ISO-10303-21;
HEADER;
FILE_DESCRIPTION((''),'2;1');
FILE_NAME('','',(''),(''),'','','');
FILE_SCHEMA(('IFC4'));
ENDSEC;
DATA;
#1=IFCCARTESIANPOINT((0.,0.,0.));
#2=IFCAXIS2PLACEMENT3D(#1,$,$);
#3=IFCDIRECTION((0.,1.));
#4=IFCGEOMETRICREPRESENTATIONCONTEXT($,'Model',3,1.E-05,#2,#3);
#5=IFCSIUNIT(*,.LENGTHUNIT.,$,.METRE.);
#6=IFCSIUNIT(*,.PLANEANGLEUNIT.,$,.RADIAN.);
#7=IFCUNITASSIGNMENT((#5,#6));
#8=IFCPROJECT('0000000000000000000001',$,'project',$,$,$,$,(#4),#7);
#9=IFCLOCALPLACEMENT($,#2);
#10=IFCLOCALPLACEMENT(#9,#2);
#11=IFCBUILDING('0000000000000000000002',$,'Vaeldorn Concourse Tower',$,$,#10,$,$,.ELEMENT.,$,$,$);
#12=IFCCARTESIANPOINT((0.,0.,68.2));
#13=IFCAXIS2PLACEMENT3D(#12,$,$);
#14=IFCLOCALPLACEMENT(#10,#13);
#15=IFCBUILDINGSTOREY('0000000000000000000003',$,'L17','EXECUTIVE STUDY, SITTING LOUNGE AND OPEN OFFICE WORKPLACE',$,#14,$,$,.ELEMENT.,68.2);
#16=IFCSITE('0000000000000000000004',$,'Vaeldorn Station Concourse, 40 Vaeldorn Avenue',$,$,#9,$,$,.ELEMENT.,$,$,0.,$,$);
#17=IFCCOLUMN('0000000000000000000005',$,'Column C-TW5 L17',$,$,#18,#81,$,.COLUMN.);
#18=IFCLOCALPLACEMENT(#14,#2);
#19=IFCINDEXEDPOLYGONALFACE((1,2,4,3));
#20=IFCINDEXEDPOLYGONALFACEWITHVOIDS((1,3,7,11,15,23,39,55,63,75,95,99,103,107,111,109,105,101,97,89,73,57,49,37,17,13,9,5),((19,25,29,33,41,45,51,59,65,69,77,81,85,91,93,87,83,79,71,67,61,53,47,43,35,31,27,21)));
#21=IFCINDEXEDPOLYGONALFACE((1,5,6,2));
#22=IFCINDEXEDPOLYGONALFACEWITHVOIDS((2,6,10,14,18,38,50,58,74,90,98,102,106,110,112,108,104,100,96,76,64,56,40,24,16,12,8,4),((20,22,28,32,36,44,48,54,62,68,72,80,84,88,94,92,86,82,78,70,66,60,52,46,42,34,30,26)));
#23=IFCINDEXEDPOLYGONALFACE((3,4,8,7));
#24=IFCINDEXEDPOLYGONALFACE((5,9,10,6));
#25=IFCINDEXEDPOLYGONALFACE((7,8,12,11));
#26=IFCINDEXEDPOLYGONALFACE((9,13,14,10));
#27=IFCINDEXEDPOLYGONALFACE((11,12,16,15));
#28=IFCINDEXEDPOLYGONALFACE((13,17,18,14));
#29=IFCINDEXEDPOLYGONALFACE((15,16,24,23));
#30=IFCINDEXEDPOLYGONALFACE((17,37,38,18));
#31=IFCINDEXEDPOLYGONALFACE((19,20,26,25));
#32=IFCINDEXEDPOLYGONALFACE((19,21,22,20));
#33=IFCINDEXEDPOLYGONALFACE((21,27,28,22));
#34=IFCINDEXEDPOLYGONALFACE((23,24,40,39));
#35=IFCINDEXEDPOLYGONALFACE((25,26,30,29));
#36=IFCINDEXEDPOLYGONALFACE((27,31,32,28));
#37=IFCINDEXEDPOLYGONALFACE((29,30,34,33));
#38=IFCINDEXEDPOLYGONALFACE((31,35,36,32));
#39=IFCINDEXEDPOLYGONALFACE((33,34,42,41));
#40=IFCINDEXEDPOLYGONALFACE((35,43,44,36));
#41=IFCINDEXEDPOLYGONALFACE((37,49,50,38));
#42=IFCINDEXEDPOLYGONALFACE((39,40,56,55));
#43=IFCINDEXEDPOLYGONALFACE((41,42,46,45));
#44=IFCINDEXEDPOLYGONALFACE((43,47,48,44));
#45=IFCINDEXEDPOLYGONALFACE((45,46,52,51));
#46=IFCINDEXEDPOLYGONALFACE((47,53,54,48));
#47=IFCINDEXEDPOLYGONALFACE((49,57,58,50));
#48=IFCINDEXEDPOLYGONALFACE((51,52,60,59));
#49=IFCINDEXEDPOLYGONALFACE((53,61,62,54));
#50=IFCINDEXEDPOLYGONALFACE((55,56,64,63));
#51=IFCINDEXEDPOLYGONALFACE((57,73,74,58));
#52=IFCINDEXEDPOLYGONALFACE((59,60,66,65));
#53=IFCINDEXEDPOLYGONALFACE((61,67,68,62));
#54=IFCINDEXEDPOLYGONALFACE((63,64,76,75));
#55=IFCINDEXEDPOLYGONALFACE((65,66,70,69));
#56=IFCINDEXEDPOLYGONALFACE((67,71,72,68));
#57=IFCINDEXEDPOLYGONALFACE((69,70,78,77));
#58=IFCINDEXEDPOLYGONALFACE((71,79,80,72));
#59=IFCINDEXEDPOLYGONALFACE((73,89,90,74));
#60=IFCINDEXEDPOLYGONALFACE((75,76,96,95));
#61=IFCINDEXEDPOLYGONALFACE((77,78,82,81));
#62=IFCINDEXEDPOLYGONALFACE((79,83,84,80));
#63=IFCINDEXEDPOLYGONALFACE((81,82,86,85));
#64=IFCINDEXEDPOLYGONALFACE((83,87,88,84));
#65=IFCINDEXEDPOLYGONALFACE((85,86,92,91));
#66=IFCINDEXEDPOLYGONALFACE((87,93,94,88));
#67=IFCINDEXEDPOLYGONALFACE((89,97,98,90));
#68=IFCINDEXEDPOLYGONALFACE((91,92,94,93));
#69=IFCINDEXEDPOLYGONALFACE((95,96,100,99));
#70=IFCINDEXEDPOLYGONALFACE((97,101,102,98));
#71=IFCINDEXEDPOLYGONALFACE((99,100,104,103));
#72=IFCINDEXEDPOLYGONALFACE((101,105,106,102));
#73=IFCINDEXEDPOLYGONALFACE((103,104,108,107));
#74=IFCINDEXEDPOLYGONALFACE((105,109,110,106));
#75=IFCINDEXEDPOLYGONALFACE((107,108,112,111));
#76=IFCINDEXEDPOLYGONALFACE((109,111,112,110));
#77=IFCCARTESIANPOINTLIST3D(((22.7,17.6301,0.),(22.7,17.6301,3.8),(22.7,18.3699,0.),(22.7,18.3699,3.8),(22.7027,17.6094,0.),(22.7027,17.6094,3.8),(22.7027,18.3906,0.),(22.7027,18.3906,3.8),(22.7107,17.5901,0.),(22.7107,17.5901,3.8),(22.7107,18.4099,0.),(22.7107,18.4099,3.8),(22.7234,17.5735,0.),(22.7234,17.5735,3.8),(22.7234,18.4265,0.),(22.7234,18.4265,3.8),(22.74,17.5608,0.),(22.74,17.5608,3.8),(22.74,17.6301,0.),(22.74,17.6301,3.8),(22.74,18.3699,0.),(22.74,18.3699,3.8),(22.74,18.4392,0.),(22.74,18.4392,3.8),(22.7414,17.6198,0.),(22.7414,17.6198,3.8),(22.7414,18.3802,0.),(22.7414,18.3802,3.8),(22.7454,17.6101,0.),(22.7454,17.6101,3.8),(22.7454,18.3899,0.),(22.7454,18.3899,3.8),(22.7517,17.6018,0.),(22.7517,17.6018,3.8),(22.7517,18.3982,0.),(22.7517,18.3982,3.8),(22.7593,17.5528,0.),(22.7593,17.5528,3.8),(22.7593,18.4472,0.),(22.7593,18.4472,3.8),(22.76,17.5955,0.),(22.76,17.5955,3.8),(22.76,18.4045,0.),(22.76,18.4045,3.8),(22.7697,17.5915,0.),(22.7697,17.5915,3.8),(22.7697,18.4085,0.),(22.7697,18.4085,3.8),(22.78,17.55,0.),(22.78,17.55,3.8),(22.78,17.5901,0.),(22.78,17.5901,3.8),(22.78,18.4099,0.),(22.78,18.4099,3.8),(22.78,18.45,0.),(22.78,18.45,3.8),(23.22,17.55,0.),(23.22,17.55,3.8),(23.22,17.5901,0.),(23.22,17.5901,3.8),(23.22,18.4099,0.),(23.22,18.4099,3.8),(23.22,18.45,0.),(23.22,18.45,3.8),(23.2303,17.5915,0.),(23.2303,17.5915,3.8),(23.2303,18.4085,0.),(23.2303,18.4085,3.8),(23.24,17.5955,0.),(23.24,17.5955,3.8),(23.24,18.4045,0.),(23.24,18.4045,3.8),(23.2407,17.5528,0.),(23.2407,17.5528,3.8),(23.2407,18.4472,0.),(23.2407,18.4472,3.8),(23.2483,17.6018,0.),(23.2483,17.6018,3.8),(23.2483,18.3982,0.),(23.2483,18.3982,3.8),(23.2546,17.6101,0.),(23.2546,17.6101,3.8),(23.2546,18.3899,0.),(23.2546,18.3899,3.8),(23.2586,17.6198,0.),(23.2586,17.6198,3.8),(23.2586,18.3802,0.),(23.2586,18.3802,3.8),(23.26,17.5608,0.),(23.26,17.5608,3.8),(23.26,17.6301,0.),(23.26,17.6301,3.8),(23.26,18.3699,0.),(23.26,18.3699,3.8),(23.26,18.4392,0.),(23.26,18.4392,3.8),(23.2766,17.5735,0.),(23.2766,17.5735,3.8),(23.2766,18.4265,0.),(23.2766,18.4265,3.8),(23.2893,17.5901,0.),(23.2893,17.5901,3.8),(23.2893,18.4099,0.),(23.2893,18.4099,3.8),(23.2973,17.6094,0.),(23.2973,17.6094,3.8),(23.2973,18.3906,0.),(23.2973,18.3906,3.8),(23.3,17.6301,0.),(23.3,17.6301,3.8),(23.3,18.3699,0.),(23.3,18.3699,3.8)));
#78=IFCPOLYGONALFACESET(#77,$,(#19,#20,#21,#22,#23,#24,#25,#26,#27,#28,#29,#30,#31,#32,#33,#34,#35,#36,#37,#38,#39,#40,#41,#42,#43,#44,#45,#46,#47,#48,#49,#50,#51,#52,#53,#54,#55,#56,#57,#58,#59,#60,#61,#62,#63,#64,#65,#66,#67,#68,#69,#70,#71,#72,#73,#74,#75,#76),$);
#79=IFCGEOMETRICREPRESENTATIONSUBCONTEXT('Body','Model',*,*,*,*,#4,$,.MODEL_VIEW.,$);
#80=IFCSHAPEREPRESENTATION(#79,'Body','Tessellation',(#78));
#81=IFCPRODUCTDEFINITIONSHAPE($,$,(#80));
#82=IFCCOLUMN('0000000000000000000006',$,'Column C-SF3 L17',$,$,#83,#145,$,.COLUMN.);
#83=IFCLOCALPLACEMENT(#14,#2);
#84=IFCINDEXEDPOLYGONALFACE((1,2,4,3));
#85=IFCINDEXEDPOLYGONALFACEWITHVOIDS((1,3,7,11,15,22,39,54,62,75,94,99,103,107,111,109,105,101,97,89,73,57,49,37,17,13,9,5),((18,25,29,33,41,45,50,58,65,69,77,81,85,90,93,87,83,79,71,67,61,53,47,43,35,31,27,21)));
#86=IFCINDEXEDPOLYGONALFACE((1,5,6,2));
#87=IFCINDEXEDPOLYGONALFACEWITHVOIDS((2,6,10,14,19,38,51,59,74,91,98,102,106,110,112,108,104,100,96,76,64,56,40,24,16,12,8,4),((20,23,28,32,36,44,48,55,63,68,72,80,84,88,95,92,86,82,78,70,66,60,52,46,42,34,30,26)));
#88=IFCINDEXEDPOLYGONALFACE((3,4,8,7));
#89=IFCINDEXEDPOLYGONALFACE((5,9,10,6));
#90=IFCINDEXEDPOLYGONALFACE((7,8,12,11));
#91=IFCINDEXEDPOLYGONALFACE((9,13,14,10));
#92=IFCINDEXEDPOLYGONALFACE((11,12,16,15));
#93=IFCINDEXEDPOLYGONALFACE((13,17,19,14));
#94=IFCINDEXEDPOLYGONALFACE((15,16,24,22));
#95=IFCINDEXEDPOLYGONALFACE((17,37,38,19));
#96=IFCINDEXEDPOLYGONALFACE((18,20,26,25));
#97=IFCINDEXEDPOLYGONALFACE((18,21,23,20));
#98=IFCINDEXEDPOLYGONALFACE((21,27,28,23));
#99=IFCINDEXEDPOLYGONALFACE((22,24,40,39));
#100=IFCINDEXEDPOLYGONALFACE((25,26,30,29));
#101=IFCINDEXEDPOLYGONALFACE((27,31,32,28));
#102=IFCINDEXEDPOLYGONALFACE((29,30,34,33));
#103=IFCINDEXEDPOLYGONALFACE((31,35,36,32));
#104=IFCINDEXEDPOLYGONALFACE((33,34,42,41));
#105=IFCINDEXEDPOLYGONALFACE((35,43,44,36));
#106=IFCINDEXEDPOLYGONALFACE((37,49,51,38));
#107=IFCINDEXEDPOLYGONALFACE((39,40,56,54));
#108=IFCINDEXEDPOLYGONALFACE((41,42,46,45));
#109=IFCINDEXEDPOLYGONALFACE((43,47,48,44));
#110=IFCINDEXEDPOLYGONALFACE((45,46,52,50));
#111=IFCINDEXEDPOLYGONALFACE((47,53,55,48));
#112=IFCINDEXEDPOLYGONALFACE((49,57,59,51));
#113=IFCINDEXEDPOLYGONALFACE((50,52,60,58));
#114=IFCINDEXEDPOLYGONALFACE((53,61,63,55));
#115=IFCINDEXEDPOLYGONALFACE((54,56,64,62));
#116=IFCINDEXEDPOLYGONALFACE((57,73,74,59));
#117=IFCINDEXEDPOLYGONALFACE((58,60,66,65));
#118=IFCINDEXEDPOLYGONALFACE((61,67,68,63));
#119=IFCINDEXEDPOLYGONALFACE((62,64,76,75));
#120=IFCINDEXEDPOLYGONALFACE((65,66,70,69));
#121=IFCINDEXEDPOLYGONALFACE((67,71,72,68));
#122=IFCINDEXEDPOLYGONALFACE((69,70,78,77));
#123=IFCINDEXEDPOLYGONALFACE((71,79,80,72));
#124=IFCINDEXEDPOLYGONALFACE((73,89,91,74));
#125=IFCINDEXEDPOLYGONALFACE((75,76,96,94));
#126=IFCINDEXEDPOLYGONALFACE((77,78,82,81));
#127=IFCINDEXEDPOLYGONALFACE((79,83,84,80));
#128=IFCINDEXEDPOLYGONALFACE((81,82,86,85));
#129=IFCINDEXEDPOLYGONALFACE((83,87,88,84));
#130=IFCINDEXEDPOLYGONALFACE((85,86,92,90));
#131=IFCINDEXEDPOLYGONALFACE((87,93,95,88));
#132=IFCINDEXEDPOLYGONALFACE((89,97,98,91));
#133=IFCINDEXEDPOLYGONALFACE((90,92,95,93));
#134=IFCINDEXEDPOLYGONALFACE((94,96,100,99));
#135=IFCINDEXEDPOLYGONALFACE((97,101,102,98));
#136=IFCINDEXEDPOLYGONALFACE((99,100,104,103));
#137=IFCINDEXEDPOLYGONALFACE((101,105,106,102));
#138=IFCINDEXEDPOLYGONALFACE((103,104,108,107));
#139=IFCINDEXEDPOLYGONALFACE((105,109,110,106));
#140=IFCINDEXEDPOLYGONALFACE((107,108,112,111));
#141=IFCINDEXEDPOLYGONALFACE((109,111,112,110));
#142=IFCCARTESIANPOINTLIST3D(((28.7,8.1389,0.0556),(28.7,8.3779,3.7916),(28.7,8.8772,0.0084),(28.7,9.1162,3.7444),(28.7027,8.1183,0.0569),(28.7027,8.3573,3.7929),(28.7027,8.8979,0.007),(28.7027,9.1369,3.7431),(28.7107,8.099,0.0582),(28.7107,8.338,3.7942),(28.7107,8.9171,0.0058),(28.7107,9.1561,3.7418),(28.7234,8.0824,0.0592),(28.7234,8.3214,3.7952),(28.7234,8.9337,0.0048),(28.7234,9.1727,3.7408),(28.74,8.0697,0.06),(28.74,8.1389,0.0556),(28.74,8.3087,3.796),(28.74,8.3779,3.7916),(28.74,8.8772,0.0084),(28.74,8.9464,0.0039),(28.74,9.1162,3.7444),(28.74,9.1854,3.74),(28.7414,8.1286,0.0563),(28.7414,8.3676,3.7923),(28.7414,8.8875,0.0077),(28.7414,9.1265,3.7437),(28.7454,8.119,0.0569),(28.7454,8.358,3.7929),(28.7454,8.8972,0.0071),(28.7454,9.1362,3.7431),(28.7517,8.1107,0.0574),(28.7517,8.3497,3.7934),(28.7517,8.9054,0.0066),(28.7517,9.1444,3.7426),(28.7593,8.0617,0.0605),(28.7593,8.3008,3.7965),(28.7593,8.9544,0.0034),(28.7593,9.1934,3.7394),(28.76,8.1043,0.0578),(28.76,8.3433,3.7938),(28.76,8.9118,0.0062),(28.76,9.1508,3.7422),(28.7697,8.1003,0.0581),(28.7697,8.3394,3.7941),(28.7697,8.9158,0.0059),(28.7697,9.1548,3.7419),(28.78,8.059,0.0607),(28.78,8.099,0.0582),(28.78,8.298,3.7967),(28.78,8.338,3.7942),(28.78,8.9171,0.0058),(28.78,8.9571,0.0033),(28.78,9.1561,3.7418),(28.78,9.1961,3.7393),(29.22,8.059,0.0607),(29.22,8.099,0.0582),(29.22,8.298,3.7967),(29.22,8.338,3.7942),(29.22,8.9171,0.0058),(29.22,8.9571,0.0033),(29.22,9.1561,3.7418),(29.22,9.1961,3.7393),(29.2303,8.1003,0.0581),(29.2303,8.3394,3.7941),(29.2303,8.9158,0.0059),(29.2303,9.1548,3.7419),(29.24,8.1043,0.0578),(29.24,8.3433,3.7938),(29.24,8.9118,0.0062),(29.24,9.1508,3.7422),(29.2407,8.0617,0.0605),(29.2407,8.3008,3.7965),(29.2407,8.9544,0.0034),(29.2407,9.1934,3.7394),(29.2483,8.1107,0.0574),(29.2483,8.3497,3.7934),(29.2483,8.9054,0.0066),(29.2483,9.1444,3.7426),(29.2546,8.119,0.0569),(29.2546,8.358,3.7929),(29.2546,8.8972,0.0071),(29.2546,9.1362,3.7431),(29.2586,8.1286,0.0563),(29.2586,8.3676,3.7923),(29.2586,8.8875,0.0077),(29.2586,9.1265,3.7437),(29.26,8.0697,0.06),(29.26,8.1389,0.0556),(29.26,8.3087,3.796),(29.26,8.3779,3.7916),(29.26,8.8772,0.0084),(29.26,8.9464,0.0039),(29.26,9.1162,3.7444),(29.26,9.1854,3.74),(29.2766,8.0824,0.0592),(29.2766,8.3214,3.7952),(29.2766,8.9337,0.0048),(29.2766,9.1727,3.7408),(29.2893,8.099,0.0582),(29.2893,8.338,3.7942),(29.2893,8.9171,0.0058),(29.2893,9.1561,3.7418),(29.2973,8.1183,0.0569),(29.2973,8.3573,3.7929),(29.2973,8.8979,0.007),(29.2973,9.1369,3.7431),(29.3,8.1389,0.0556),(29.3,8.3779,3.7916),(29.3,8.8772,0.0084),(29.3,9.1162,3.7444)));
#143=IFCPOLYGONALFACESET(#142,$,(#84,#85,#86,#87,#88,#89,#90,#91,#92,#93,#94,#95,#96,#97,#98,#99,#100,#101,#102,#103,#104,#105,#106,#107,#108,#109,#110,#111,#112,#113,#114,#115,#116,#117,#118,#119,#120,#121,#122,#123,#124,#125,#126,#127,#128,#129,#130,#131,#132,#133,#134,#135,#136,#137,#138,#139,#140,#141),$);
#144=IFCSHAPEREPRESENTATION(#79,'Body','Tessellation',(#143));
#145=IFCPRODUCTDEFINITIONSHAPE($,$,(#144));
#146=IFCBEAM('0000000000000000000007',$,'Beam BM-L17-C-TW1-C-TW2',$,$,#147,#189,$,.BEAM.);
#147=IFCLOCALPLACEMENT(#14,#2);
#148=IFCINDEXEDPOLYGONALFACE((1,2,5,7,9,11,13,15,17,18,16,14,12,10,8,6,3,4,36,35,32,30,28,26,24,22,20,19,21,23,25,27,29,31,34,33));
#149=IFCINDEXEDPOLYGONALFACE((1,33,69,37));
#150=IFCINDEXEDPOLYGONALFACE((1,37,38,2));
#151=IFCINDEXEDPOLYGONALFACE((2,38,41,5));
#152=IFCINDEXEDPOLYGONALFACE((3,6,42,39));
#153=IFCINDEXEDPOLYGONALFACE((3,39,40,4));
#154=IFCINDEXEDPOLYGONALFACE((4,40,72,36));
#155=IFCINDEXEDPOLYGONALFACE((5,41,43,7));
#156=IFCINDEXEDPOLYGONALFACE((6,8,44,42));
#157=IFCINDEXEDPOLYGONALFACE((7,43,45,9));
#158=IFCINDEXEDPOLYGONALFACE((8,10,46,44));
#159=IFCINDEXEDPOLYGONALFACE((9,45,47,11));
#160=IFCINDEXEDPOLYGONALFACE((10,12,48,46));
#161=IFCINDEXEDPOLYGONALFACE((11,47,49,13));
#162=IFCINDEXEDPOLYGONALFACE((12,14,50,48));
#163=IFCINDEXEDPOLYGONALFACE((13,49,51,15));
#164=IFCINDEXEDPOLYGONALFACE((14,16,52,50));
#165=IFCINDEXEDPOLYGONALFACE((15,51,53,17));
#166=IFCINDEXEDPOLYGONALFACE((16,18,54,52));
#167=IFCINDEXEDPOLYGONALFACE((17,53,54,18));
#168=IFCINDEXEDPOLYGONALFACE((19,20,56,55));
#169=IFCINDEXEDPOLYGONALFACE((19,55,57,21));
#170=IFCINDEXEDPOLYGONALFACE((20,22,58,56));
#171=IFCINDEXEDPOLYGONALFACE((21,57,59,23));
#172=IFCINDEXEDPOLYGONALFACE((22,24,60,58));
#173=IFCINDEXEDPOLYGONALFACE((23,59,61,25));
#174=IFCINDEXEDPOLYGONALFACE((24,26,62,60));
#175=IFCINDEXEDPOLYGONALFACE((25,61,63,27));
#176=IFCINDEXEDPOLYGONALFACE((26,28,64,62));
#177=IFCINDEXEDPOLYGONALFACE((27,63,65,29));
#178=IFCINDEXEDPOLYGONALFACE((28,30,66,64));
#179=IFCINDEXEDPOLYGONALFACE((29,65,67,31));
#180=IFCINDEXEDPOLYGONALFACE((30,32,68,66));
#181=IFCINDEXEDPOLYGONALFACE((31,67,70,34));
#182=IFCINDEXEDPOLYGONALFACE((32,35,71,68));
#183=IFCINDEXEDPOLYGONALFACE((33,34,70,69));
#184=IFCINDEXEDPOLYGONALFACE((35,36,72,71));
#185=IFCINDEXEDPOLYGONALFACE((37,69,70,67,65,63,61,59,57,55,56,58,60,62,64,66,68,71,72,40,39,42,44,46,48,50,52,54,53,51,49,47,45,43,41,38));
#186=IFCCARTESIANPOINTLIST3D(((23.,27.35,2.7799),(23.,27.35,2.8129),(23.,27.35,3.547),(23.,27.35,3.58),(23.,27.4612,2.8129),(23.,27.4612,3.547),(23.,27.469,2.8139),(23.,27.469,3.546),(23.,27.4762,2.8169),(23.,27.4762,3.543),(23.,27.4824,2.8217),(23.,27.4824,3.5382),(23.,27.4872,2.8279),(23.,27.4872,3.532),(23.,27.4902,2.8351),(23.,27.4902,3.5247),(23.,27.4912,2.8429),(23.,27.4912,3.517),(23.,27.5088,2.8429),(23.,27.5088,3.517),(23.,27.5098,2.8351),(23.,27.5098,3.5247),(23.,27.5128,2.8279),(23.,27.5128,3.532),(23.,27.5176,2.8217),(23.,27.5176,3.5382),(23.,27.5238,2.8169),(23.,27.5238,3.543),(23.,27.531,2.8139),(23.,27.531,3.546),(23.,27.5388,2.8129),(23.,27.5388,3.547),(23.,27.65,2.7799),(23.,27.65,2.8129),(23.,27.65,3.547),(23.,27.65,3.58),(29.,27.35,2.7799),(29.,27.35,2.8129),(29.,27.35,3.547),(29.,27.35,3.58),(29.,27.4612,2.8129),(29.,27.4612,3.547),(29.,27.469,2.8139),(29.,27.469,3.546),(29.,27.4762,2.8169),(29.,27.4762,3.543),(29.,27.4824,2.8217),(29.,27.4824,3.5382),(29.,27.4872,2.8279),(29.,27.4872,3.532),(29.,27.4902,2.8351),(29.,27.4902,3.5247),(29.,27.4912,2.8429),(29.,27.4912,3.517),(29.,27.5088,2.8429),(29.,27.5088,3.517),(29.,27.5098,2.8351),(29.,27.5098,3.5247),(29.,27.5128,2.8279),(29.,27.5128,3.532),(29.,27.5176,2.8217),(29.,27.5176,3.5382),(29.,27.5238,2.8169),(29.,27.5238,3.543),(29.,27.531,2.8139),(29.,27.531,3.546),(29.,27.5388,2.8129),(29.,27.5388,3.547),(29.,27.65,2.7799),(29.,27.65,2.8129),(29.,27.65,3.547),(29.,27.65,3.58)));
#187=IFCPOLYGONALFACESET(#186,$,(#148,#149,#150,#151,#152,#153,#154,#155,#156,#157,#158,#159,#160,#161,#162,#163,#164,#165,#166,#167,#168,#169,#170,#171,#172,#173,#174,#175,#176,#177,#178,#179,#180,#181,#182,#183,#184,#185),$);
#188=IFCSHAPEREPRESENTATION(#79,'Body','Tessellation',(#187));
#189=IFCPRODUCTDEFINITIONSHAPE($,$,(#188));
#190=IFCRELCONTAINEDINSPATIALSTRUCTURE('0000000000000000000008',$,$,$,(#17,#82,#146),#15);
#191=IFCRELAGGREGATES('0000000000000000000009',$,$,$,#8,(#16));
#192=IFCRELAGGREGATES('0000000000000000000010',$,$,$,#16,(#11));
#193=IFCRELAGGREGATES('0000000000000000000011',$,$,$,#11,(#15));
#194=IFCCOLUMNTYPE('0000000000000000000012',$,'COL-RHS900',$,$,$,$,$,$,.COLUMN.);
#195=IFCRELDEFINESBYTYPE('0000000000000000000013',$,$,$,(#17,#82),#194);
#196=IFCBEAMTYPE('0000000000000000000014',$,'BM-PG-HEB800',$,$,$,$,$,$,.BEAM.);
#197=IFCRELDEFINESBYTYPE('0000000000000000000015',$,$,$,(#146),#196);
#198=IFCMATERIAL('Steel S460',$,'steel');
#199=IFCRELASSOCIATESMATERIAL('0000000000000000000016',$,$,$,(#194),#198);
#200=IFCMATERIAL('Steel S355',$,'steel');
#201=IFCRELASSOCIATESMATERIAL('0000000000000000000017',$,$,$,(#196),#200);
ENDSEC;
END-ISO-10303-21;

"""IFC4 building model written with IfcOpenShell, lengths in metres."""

from ifc_helpers import new_model, si_unit, direction, frame, origin, origin_2d, place, context, subcontext, project, spatial, hollow_rectangle, i_section, extrude, source, transform, mapped, material, material_profile, profile_set, type_object, element, save


model = new_model("IFC4")

# Units and contexts
model_context = context("Model", 3, precision=1e-05, world=origin(), true_north=direction((0.0, 1.0)))
body_context = subcontext(model_context, "Body", "Model", "MODEL_VIEW")
ifc_project = project(units=[si_unit("LENGTHUNIT", "METRE"), si_unit("PLANEANGLEUNIT", "RADIAN")], contexts=[model_context])

# Site, building, storey
site_placement = place(None, origin())
site = spatial("IfcSite", under=ifc_project, at=site_placement, Name="Vaeldorn Station Concourse, 40 Vaeldorn Avenue", CompositionType="ELEMENT", RefElevation=0.0)
building_placement = place(site_placement, origin())
building = spatial("IfcBuilding", under=site, at=building_placement, Name="Vaeldorn Concourse Tower", CompositionType="ELEMENT")
storey_placement = place(building_placement, frame((0.0, 0.0, 68.2)))
storey = spatial("IfcBuildingStorey", under=building, at=storey_placement, Name="L17", Description="EXECUTIVE STUDY, SITTING LOUNGE AND OPEN OFFICE WORKPLACE", CompositionType="ELEMENT", Elevation=68.2)

# Columns
ifc_material_1 = material(Name="Steel S460", Category="steel")
ifc_material_profile_1 = material_profile(ifc_material_1, hollow_rectangle(XDim=0.6001, YDim=0.8999, WallThickness=0.04, InnerFilletRadius=0.04, OuterFilletRadius=0.0801, at=origin_2d()), Name="RHS 900x600x40")
ifc_profile_set_1 = profile_set([ifc_material_profile_1], Name="Steel S460")
column_type_1 = type_object("IfcColumnType", Name="COL-RHS900", PredefinedType="COLUMN", material=ifc_profile_set_1)
shared_shape_1 = source(origin(), body_context, "Body", "SweptSolid", [
    extrude(hollow_rectangle(XDim=0.6001, YDim=0.8999, WallThickness=0.04, InnerFilletRadius=0.04, OuterFilletRadius=0.0801, at=origin_2d()), origin(), (0.0, 0.0, 1.0), 3.8),
])
for number, where, z_axis, x_axis, name in (
    (1, (23.0, 18.0, 0.0), (0.0, 0.0, 1.0), (1.0, 0.0, 0.0), "Column C-TW5 L17"),
):
    element("IfcColumn", number, at=place(storey_placement, frame(where, z_axis=z_axis, x_axis=x_axis)), inside=storey, type_object=column_type_1, Name=name, PredefinedType="COLUMN", context=body_context, shape_type="MappedRepresentation", body=[
        mapped(shared_shape_1, transform((0.0, 0.0, 0.0), scale=1.0)),
    ])
shared_shape_2 = source(origin(), body_context, "Body", "SweptSolid", [
    extrude(hollow_rectangle(XDim=0.6001, YDim=0.8999, WallThickness=0.04, InnerFilletRadius=0.04, OuterFilletRadius=0.0801, at=origin_2d()), origin(), (0.0, 0.0, 1.0), 3.7437),
])
column_1_placement = place(storey_placement, frame((29.0, 8.5081, 0.032), z_axis=(0.0, 0.063844, 0.99796), x_axis=(-1.0, 0.0, 0.0)))
element("IfcColumn", 2, at=column_1_placement, inside=storey, type_object=column_type_1, Name="Column C-SF3 L17", PredefinedType="COLUMN", context=body_context, shape_type="MappedRepresentation", body=[
    mapped(shared_shape_2, transform((0.0, 0.0, 0.0), scale=1.0)),
])

# Beam
ifc_material_2 = material(Name="Steel S355", Category="steel")
ifc_material_profile_2 = material_profile(ifc_material_2, i_section(OverallWidth=0.3, OverallDepth=0.8, WebThickness=0.0176, FlangeThickness=0.033, FilletRadius=0.03, at=origin_2d()), Name="HEB 800")
ifc_profile_set_2 = profile_set([ifc_material_profile_2], Name="Steel S355")
beam_type_1 = type_object("IfcBeamType", Name="BM-PG-HEB800", PredefinedType="BEAM", material=ifc_profile_set_2)
shared_shape_3 = source(origin(), body_context, "Body", "SweptSolid", [
    extrude(i_section(OverallWidth=0.3, OverallDepth=0.8, WebThickness=0.0176, FlangeThickness=0.033, FilletRadius=0.03, at=origin_2d()), origin(), (0.0, 0.0, 1.0), 6.0),
])
beam_1_placement = place(storey_placement, frame((23.0, 27.5, 3.1799), z_axis=(1.0, 0.0, 0.0), x_axis=(0.0, 1.0, 0.0)))
element("IfcBeam", 3, at=beam_1_placement, inside=storey, type_object=beam_type_1, Name="Beam BM-L17-C-TW1-C-TW2", PredefinedType="BEAM", context=body_context, shape_type="MappedRepresentation", body=[
    mapped(shared_shape_3, transform((0.0, 0.0, 0.0), scale=1.0)),
])

save(model, "model.ifc")
